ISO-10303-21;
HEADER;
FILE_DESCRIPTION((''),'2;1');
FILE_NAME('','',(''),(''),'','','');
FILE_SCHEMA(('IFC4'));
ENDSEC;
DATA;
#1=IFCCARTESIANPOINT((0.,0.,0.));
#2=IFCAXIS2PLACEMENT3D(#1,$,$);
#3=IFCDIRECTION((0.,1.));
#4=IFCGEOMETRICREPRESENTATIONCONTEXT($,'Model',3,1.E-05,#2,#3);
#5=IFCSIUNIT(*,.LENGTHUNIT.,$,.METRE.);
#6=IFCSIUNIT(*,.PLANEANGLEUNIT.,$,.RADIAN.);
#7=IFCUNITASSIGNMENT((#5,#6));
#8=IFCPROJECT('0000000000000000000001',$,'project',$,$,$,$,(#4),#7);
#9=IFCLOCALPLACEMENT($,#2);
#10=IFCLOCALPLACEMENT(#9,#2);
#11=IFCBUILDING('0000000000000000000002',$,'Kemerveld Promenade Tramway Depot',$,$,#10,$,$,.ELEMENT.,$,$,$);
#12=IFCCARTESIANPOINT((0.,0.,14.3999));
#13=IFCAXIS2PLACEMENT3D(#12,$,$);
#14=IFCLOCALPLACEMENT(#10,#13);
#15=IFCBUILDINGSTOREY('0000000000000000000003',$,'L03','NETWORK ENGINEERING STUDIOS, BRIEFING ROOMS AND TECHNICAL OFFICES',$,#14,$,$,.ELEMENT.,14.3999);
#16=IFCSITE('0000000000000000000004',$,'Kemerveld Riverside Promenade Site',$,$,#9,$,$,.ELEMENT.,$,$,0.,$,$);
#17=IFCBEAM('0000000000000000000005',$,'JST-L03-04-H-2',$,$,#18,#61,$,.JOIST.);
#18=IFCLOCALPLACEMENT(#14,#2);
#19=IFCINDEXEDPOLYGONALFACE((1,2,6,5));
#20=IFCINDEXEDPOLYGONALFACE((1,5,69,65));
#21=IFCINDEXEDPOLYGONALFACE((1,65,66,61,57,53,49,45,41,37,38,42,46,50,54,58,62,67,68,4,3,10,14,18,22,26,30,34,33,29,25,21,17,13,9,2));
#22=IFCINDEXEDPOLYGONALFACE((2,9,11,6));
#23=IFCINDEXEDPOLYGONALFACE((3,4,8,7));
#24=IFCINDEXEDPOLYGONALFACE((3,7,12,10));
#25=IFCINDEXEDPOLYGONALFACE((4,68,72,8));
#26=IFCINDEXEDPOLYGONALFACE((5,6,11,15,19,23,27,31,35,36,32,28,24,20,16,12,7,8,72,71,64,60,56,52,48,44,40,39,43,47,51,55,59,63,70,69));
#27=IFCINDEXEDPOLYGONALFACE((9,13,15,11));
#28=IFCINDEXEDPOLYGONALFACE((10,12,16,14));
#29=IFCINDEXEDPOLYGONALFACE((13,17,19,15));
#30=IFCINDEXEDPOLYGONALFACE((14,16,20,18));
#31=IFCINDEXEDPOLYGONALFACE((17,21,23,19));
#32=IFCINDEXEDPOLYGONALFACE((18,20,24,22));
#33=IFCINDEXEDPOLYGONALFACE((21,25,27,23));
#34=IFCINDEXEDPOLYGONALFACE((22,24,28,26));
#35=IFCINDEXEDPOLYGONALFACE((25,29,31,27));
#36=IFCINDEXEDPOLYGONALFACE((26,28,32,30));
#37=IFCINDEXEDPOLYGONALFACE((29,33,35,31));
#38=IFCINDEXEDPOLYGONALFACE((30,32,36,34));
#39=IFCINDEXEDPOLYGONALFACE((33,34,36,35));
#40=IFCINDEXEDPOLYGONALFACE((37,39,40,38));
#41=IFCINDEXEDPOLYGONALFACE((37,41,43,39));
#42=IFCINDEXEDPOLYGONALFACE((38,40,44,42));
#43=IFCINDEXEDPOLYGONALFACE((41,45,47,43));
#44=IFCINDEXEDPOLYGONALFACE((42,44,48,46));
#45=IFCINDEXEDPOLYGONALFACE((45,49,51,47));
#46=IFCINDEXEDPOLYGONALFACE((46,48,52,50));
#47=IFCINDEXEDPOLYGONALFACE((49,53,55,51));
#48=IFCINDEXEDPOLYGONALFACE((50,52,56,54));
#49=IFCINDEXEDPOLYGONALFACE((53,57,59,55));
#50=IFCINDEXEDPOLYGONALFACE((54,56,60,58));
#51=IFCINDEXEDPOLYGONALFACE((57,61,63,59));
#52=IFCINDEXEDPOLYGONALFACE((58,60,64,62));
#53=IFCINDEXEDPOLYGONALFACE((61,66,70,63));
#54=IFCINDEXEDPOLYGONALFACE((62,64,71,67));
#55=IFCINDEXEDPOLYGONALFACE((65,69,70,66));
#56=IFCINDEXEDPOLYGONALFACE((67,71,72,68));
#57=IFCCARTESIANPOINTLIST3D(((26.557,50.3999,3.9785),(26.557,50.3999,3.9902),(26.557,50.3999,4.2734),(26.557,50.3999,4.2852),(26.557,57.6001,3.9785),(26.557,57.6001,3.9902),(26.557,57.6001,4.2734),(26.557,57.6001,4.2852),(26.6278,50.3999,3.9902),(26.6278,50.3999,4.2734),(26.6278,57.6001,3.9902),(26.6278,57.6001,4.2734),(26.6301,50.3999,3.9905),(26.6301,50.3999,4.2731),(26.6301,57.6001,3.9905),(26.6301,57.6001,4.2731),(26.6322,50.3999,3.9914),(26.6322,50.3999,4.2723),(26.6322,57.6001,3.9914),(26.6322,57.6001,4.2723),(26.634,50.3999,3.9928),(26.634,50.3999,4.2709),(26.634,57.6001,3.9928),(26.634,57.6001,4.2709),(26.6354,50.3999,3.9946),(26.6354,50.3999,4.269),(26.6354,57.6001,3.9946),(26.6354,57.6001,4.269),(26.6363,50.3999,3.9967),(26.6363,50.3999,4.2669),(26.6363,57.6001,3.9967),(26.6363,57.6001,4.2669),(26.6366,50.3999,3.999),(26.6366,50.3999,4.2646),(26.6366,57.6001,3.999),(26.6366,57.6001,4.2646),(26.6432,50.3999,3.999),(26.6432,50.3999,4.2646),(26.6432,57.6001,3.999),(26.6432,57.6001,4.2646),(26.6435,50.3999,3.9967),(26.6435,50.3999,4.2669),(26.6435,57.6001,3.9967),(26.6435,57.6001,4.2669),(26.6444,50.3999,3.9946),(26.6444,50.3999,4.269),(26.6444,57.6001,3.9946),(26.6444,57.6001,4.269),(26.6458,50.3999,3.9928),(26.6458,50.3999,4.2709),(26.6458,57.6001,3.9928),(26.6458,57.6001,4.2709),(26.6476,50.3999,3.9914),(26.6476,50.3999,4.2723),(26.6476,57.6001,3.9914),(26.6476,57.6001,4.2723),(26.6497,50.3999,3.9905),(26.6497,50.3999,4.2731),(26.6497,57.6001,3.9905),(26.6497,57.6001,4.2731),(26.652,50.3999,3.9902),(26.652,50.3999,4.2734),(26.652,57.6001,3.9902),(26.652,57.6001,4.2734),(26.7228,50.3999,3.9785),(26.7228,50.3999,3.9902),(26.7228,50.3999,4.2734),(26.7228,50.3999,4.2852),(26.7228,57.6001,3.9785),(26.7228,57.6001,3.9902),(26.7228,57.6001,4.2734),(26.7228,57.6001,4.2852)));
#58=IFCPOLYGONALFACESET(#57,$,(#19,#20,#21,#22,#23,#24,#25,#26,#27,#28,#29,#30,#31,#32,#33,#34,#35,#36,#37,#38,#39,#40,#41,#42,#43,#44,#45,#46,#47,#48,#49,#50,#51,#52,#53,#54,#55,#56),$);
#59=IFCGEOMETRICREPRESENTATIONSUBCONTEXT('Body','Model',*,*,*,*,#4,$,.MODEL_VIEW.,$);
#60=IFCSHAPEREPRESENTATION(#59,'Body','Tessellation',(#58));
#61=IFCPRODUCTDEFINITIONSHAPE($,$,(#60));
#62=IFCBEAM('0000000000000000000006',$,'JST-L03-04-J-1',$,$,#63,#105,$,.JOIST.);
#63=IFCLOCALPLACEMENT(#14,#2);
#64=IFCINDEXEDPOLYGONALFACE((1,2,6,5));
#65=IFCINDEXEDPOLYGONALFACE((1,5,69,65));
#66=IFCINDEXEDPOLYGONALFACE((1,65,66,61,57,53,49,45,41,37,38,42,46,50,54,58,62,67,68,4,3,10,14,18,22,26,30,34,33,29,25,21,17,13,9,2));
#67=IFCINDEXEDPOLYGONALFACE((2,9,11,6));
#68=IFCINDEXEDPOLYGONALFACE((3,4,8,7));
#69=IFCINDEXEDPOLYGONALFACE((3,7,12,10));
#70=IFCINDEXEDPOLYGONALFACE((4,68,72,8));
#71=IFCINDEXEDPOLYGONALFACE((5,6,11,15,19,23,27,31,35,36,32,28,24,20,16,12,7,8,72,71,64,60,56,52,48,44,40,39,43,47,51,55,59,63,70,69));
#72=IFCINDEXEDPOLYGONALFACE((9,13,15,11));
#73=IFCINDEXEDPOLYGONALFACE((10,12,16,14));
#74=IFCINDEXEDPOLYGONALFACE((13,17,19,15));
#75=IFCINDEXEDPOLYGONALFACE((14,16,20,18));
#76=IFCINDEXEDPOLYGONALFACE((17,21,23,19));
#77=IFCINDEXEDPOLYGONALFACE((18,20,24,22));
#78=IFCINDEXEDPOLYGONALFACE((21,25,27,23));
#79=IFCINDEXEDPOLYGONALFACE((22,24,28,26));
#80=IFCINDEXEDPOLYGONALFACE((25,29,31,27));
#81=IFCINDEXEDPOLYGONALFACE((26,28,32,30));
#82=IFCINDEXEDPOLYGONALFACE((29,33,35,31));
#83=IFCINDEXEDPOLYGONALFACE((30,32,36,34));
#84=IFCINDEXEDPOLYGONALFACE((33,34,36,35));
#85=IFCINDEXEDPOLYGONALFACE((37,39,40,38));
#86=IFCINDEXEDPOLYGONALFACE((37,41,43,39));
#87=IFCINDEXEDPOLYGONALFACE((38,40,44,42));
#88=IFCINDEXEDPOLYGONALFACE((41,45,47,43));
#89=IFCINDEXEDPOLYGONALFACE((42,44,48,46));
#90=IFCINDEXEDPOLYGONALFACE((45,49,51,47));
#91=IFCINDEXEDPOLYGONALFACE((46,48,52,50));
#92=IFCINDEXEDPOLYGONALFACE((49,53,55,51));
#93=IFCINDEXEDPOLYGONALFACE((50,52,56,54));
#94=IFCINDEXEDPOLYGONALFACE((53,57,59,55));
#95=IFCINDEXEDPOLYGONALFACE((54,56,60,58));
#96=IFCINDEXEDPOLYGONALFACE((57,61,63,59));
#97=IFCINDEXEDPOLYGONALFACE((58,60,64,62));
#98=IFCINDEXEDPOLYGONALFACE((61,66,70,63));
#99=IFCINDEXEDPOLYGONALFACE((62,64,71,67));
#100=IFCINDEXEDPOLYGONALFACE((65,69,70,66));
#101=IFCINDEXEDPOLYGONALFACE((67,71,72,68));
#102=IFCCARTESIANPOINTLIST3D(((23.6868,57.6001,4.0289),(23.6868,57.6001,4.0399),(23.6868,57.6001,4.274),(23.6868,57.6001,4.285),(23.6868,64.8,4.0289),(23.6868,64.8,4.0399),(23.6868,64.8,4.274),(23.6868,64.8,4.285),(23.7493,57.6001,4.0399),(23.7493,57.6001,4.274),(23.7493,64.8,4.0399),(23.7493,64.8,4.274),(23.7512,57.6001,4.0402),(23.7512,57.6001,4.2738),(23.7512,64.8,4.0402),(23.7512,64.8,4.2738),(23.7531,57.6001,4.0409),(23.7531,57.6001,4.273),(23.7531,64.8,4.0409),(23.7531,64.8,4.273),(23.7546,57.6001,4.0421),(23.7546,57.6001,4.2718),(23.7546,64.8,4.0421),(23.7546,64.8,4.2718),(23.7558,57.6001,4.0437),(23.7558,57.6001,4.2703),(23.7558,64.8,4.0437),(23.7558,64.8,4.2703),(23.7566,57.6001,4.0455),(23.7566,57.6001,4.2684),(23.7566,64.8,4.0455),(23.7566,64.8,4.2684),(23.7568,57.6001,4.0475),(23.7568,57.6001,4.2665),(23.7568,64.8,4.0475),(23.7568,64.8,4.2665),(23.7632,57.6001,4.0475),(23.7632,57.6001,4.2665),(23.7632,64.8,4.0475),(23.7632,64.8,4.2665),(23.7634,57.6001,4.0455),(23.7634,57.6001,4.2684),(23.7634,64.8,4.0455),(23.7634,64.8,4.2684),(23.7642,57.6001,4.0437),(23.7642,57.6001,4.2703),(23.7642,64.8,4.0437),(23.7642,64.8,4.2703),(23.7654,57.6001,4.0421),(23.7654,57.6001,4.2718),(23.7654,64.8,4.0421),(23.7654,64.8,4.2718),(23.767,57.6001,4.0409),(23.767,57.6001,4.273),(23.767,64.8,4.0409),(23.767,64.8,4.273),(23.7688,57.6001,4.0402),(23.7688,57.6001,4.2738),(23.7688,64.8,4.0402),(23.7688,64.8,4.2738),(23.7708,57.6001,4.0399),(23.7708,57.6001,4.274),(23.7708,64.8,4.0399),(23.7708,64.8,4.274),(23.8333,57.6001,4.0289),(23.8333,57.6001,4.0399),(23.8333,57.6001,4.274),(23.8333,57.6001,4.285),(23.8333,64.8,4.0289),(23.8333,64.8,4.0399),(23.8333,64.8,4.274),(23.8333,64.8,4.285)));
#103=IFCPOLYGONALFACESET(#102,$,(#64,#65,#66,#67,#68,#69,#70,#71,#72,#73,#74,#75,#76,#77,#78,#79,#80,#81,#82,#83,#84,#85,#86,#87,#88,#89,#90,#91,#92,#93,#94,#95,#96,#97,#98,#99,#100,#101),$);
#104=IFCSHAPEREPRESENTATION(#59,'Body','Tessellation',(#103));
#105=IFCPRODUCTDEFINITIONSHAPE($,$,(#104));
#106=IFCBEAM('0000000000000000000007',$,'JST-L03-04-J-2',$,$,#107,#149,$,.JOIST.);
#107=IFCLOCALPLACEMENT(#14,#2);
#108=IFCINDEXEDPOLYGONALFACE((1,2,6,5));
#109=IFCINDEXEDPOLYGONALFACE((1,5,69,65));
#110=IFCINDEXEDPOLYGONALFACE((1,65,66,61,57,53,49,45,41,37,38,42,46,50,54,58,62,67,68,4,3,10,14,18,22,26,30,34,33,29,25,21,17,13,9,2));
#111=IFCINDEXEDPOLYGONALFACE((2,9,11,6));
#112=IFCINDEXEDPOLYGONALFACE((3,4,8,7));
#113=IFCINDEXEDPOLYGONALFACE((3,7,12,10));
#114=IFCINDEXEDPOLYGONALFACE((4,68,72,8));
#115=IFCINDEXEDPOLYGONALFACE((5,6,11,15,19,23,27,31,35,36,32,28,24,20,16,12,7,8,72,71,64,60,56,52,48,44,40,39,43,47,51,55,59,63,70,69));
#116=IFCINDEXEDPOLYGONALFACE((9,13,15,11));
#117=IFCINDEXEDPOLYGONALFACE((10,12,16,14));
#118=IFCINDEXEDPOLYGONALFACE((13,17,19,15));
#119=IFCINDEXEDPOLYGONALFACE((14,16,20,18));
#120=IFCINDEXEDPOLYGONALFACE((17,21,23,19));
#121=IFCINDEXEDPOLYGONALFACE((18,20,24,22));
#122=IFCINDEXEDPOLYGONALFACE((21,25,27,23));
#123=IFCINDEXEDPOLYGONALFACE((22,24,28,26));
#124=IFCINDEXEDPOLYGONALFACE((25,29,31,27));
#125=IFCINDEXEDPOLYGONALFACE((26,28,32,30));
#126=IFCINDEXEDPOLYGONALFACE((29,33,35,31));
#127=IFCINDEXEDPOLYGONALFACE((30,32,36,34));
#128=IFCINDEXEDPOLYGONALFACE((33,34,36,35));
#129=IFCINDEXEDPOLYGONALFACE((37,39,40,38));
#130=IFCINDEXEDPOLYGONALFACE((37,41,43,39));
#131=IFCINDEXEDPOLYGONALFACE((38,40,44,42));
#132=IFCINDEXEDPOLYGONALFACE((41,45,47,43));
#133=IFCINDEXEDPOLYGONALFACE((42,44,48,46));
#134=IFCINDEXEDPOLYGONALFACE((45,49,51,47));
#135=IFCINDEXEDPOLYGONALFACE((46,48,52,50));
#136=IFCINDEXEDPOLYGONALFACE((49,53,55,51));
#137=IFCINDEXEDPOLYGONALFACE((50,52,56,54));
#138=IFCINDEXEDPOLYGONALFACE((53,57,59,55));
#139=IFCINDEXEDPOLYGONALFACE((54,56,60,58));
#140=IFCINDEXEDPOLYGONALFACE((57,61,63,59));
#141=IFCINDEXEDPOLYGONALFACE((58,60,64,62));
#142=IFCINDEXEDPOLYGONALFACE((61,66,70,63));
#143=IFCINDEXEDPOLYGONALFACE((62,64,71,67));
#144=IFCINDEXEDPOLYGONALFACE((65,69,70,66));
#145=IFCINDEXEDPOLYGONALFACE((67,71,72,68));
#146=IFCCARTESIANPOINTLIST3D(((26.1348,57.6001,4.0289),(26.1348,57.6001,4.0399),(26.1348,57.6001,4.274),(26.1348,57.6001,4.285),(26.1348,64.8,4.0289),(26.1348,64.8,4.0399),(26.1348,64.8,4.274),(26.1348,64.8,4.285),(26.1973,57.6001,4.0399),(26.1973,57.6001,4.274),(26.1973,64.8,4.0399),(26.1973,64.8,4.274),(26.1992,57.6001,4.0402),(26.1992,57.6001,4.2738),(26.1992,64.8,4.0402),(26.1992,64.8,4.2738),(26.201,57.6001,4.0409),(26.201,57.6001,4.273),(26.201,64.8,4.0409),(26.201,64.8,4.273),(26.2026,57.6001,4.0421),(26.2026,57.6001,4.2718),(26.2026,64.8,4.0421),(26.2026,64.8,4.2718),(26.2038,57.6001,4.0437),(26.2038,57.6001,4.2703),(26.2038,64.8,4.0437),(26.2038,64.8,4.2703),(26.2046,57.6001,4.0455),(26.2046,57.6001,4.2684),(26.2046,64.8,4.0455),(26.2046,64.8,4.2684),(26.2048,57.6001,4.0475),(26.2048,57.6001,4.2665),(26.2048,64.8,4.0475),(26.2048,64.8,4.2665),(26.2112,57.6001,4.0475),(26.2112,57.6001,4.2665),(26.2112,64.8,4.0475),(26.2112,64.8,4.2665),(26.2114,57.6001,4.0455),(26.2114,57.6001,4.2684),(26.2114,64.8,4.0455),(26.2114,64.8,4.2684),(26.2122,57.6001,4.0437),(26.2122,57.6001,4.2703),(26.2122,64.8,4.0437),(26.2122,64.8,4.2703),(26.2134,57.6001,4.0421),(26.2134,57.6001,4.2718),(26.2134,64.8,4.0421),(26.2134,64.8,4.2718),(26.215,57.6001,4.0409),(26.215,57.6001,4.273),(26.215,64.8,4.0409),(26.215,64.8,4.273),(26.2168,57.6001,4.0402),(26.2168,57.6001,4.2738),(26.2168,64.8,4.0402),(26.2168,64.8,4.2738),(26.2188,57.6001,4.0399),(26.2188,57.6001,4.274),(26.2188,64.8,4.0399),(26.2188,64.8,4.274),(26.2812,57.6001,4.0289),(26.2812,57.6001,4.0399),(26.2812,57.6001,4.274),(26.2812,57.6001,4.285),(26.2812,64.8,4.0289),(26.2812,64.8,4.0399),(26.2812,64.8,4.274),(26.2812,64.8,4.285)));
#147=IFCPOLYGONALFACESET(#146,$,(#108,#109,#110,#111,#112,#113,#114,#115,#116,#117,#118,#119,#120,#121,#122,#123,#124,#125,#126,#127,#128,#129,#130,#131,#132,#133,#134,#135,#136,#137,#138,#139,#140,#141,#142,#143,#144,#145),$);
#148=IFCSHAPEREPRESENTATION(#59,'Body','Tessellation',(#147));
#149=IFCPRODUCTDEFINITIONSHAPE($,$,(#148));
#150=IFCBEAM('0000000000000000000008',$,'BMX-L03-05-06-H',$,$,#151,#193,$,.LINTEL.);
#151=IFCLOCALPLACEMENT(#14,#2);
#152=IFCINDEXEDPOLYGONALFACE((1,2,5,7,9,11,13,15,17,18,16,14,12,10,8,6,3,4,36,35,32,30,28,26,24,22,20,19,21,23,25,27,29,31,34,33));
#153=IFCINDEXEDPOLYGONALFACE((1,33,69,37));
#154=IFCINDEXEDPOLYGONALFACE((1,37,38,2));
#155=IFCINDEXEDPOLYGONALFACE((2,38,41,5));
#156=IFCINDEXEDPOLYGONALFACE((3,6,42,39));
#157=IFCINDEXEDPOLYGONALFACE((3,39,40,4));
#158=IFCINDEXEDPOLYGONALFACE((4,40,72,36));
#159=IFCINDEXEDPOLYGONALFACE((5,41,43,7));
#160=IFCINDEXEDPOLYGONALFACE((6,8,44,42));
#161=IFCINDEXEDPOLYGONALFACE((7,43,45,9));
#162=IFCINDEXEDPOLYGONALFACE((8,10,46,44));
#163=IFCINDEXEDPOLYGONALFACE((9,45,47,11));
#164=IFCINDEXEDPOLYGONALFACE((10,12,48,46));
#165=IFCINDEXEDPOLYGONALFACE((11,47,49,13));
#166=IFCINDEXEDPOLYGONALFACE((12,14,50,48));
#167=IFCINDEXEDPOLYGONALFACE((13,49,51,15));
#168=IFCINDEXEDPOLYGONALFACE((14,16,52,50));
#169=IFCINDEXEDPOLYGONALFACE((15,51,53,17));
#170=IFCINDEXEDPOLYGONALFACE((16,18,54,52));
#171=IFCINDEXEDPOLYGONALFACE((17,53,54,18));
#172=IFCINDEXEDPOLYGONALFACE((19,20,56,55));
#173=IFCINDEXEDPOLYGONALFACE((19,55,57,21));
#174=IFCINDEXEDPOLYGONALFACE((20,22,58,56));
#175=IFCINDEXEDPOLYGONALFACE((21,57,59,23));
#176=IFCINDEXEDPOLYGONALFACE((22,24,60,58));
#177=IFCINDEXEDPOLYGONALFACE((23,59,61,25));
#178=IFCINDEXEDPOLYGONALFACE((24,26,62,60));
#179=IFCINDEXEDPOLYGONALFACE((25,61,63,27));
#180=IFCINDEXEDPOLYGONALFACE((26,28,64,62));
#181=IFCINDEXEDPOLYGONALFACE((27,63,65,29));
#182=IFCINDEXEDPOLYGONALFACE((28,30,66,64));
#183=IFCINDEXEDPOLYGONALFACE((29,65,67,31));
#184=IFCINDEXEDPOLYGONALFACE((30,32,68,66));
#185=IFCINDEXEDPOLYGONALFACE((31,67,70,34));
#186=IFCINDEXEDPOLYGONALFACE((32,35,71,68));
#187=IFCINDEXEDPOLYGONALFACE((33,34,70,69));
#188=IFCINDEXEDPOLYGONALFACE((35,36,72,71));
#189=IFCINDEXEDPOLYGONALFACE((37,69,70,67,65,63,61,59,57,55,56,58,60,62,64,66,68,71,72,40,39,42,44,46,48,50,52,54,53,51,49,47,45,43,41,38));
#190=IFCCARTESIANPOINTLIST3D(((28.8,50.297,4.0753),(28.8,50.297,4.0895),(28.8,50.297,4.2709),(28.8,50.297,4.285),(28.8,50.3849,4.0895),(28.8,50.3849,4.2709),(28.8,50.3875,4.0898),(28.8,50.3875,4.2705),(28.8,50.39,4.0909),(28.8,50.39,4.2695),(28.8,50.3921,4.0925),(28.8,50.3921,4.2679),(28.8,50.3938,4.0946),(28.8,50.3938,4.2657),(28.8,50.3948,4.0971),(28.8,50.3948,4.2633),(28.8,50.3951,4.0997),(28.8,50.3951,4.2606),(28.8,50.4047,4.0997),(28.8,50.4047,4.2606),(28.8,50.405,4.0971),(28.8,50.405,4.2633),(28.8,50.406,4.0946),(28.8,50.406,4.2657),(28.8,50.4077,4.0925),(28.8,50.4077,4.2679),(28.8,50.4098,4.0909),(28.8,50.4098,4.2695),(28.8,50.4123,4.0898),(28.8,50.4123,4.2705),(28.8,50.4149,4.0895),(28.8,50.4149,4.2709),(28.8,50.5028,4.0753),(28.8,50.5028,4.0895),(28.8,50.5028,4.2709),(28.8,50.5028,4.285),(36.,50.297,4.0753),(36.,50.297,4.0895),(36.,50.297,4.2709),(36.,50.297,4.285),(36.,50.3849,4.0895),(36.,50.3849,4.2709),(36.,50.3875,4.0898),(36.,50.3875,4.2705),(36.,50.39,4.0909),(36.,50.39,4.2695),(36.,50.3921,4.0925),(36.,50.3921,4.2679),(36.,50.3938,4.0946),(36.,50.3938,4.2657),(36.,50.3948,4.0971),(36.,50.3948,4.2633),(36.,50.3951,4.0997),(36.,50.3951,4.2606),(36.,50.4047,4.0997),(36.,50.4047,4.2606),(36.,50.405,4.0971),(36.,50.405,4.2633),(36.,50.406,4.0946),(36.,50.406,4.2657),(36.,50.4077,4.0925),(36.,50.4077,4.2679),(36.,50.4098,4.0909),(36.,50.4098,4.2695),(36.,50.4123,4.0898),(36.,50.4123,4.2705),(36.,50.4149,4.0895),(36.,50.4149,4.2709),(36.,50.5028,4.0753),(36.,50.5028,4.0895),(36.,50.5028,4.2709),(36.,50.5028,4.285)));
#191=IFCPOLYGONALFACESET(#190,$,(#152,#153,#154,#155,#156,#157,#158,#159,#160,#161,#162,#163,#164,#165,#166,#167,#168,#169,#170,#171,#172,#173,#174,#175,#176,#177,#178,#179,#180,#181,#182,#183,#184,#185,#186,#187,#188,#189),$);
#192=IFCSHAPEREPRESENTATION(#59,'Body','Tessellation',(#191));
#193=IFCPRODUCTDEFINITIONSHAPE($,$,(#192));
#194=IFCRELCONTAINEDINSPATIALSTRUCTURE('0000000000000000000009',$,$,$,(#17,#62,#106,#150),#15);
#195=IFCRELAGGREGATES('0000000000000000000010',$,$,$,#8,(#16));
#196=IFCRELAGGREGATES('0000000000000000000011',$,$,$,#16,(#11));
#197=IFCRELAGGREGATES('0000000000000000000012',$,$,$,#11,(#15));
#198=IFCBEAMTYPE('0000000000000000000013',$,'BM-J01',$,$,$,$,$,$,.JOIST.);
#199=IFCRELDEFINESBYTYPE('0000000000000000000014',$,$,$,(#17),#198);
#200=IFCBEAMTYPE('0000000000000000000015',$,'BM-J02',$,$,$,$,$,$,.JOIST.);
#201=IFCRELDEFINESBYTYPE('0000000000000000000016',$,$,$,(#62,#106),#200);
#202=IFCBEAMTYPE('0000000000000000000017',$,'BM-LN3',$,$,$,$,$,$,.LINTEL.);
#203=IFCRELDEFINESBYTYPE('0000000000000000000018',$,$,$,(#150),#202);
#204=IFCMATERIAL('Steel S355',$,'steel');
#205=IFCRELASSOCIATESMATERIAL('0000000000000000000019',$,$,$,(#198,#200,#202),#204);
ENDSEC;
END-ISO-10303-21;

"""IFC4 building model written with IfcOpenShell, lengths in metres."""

from ifc_helpers import new_model, si_unit, direction, frame, origin, origin_2d, place, context, subcontext, project, spatial, i_section, extrude, material, material_profile, profile_set, type_object, element, save


model = new_model("IFC4")

# Units and contexts
model_context = context("Model", 3, precision=1e-05, world=origin(), true_north=direction((0.0, 1.0)))
body_context = subcontext(model_context, "Body", "Model", "MODEL_VIEW")
ifc_project = project(units=[si_unit("LENGTHUNIT", "METRE"), si_unit("PLANEANGLEUNIT", "RADIAN")], contexts=[model_context])

# Site, building, storey
site_placement = place(None, origin())
site = spatial("IfcSite", under=ifc_project, at=site_placement, Name="Kemerveld Riverside Promenade Site", CompositionType="ELEMENT", RefElevation=0.0)
building_placement = place(site_placement, origin())
building = spatial("IfcBuilding", under=site, at=building_placement, Name="Kemerveld Promenade Tramway Depot", CompositionType="ELEMENT")
storey_placement = place(building_placement, frame((0.0, 0.0, 14.3999)))
storey = spatial("IfcBuildingStorey", under=building, at=storey_placement, Name="L03", Description="NETWORK ENGINEERING STUDIOS, BRIEFING ROOMS AND TECHNICAL OFFICES", CompositionType="ELEMENT", Elevation=14.3999)

# Shared definitions
ifc_material_1 = material(Name="Steel S355", Category="steel")

# Beams
ifc_material_profile_1 = material_profile(ifc_material_1, i_section(OverallWidth=0.1658, OverallDepth=0.3066, WebThickness=0.0066, FlangeThickness=0.0117, FilletRadius=0.0088, at=origin_2d()), Name="305x165x46 UB")
ifc_profile_set_1 = profile_set([ifc_material_profile_1], Name="Steel S355")
beam_type_1 = type_object("IfcBeamType", Name="BM-J01", PredefinedType="JOIST", material=ifc_profile_set_1)
for number, where, z_axis, x_axis, name in (
    (1, (26.6399, 50.3999, 4.1318), (0.0, 1.0, 0.0), (-1.0, 0.0, 0.0), "JST-L03-04-H-2"),
):
    element("IfcBeam", number, at=place(storey_placement, frame(where, z_axis=z_axis, x_axis=x_axis)), inside=storey, type_object=beam_type_1, Name=name, PredefinedType="JOIST", context=body_context, shape_type="SweptSolid", body=[
        extrude(i_section(OverallWidth=0.1658, OverallDepth=0.3066, WebThickness=0.0066, FlangeThickness=0.0117, FilletRadius=0.0088, at=origin_2d()), origin(), (0.0, 0.0, 1.0), 7.2002),
    ])
ifc_material_profile_2 = material_profile(ifc_material_1, i_section(OverallWidth=0.1465, OverallDepth=0.2561, WebThickness=0.0063, FlangeThickness=0.011, FilletRadius=0.0076, at=origin_2d()), Name="254x146x37 UB")
ifc_profile_set_2 = profile_set([ifc_material_profile_2], Name="Steel S355")
beam_type_2 = type_object("IfcBeamType", Name="BM-J02", PredefinedType="JOIST", material=ifc_profile_set_2)
for number, where, z_axis, x_axis, name in (
    (2, (23.76, 57.6001, 4.157), (0.0, 1.0, 0.0), (-1.0, 0.0, 0.0), "JST-L03-04-J-1"),
    (3, (26.208, 57.6001, 4.157), (0.0, 1.0, 0.0), (-1.0, 0.0, 0.0), "JST-L03-04-J-2"),
):
    element("IfcBeam", number, at=place(storey_placement, frame(where, z_axis=z_axis, x_axis=x_axis)), inside=storey, type_object=beam_type_2, Name=name, PredefinedType="JOIST", context=body_context, shape_type="SweptSolid", body=[
        extrude(i_section(OverallWidth=0.1465, OverallDepth=0.2561, WebThickness=0.0063, FlangeThickness=0.011, FilletRadius=0.0076, at=origin_2d()), origin(), (0.0, 0.0, 1.0), 7.2),
    ])
ifc_material_profile_3 = material_profile(ifc_material_1, i_section(OverallWidth=0.2058, OverallDepth=0.2097, WebThickness=0.0095, FlangeThickness=0.0142, FilletRadius=0.0103, at=origin_2d()), Name="203x203x60 UC")
ifc_profile_set_3 = profile_set([ifc_material_profile_3], Name="Steel S355")
beam_type_3 = type_object("IfcBeamType", Name="BM-LN3", PredefinedType="LINTEL", material=ifc_profile_set_3)
beam_1_placement = place(storey_placement, frame((28.8, 50.3999, 4.1802), z_axis=(1.0, 0.0, 0.0), x_axis=(0.0, 1.0, 0.0)))
element("IfcBeam", 4, at=beam_1_placement, inside=storey, type_object=beam_type_3, Name="BMX-L03-05-06-H", PredefinedType="LINTEL", context=body_context, shape_type="SweptSolid", body=[
    extrude(i_section(OverallWidth=0.2058, OverallDepth=0.2097, WebThickness=0.0095, FlangeThickness=0.0142, FilletRadius=0.0103, at=origin_2d()), origin(), (0.0, 0.0, 1.0), 7.2),
])

save(model, "model.ifc")
